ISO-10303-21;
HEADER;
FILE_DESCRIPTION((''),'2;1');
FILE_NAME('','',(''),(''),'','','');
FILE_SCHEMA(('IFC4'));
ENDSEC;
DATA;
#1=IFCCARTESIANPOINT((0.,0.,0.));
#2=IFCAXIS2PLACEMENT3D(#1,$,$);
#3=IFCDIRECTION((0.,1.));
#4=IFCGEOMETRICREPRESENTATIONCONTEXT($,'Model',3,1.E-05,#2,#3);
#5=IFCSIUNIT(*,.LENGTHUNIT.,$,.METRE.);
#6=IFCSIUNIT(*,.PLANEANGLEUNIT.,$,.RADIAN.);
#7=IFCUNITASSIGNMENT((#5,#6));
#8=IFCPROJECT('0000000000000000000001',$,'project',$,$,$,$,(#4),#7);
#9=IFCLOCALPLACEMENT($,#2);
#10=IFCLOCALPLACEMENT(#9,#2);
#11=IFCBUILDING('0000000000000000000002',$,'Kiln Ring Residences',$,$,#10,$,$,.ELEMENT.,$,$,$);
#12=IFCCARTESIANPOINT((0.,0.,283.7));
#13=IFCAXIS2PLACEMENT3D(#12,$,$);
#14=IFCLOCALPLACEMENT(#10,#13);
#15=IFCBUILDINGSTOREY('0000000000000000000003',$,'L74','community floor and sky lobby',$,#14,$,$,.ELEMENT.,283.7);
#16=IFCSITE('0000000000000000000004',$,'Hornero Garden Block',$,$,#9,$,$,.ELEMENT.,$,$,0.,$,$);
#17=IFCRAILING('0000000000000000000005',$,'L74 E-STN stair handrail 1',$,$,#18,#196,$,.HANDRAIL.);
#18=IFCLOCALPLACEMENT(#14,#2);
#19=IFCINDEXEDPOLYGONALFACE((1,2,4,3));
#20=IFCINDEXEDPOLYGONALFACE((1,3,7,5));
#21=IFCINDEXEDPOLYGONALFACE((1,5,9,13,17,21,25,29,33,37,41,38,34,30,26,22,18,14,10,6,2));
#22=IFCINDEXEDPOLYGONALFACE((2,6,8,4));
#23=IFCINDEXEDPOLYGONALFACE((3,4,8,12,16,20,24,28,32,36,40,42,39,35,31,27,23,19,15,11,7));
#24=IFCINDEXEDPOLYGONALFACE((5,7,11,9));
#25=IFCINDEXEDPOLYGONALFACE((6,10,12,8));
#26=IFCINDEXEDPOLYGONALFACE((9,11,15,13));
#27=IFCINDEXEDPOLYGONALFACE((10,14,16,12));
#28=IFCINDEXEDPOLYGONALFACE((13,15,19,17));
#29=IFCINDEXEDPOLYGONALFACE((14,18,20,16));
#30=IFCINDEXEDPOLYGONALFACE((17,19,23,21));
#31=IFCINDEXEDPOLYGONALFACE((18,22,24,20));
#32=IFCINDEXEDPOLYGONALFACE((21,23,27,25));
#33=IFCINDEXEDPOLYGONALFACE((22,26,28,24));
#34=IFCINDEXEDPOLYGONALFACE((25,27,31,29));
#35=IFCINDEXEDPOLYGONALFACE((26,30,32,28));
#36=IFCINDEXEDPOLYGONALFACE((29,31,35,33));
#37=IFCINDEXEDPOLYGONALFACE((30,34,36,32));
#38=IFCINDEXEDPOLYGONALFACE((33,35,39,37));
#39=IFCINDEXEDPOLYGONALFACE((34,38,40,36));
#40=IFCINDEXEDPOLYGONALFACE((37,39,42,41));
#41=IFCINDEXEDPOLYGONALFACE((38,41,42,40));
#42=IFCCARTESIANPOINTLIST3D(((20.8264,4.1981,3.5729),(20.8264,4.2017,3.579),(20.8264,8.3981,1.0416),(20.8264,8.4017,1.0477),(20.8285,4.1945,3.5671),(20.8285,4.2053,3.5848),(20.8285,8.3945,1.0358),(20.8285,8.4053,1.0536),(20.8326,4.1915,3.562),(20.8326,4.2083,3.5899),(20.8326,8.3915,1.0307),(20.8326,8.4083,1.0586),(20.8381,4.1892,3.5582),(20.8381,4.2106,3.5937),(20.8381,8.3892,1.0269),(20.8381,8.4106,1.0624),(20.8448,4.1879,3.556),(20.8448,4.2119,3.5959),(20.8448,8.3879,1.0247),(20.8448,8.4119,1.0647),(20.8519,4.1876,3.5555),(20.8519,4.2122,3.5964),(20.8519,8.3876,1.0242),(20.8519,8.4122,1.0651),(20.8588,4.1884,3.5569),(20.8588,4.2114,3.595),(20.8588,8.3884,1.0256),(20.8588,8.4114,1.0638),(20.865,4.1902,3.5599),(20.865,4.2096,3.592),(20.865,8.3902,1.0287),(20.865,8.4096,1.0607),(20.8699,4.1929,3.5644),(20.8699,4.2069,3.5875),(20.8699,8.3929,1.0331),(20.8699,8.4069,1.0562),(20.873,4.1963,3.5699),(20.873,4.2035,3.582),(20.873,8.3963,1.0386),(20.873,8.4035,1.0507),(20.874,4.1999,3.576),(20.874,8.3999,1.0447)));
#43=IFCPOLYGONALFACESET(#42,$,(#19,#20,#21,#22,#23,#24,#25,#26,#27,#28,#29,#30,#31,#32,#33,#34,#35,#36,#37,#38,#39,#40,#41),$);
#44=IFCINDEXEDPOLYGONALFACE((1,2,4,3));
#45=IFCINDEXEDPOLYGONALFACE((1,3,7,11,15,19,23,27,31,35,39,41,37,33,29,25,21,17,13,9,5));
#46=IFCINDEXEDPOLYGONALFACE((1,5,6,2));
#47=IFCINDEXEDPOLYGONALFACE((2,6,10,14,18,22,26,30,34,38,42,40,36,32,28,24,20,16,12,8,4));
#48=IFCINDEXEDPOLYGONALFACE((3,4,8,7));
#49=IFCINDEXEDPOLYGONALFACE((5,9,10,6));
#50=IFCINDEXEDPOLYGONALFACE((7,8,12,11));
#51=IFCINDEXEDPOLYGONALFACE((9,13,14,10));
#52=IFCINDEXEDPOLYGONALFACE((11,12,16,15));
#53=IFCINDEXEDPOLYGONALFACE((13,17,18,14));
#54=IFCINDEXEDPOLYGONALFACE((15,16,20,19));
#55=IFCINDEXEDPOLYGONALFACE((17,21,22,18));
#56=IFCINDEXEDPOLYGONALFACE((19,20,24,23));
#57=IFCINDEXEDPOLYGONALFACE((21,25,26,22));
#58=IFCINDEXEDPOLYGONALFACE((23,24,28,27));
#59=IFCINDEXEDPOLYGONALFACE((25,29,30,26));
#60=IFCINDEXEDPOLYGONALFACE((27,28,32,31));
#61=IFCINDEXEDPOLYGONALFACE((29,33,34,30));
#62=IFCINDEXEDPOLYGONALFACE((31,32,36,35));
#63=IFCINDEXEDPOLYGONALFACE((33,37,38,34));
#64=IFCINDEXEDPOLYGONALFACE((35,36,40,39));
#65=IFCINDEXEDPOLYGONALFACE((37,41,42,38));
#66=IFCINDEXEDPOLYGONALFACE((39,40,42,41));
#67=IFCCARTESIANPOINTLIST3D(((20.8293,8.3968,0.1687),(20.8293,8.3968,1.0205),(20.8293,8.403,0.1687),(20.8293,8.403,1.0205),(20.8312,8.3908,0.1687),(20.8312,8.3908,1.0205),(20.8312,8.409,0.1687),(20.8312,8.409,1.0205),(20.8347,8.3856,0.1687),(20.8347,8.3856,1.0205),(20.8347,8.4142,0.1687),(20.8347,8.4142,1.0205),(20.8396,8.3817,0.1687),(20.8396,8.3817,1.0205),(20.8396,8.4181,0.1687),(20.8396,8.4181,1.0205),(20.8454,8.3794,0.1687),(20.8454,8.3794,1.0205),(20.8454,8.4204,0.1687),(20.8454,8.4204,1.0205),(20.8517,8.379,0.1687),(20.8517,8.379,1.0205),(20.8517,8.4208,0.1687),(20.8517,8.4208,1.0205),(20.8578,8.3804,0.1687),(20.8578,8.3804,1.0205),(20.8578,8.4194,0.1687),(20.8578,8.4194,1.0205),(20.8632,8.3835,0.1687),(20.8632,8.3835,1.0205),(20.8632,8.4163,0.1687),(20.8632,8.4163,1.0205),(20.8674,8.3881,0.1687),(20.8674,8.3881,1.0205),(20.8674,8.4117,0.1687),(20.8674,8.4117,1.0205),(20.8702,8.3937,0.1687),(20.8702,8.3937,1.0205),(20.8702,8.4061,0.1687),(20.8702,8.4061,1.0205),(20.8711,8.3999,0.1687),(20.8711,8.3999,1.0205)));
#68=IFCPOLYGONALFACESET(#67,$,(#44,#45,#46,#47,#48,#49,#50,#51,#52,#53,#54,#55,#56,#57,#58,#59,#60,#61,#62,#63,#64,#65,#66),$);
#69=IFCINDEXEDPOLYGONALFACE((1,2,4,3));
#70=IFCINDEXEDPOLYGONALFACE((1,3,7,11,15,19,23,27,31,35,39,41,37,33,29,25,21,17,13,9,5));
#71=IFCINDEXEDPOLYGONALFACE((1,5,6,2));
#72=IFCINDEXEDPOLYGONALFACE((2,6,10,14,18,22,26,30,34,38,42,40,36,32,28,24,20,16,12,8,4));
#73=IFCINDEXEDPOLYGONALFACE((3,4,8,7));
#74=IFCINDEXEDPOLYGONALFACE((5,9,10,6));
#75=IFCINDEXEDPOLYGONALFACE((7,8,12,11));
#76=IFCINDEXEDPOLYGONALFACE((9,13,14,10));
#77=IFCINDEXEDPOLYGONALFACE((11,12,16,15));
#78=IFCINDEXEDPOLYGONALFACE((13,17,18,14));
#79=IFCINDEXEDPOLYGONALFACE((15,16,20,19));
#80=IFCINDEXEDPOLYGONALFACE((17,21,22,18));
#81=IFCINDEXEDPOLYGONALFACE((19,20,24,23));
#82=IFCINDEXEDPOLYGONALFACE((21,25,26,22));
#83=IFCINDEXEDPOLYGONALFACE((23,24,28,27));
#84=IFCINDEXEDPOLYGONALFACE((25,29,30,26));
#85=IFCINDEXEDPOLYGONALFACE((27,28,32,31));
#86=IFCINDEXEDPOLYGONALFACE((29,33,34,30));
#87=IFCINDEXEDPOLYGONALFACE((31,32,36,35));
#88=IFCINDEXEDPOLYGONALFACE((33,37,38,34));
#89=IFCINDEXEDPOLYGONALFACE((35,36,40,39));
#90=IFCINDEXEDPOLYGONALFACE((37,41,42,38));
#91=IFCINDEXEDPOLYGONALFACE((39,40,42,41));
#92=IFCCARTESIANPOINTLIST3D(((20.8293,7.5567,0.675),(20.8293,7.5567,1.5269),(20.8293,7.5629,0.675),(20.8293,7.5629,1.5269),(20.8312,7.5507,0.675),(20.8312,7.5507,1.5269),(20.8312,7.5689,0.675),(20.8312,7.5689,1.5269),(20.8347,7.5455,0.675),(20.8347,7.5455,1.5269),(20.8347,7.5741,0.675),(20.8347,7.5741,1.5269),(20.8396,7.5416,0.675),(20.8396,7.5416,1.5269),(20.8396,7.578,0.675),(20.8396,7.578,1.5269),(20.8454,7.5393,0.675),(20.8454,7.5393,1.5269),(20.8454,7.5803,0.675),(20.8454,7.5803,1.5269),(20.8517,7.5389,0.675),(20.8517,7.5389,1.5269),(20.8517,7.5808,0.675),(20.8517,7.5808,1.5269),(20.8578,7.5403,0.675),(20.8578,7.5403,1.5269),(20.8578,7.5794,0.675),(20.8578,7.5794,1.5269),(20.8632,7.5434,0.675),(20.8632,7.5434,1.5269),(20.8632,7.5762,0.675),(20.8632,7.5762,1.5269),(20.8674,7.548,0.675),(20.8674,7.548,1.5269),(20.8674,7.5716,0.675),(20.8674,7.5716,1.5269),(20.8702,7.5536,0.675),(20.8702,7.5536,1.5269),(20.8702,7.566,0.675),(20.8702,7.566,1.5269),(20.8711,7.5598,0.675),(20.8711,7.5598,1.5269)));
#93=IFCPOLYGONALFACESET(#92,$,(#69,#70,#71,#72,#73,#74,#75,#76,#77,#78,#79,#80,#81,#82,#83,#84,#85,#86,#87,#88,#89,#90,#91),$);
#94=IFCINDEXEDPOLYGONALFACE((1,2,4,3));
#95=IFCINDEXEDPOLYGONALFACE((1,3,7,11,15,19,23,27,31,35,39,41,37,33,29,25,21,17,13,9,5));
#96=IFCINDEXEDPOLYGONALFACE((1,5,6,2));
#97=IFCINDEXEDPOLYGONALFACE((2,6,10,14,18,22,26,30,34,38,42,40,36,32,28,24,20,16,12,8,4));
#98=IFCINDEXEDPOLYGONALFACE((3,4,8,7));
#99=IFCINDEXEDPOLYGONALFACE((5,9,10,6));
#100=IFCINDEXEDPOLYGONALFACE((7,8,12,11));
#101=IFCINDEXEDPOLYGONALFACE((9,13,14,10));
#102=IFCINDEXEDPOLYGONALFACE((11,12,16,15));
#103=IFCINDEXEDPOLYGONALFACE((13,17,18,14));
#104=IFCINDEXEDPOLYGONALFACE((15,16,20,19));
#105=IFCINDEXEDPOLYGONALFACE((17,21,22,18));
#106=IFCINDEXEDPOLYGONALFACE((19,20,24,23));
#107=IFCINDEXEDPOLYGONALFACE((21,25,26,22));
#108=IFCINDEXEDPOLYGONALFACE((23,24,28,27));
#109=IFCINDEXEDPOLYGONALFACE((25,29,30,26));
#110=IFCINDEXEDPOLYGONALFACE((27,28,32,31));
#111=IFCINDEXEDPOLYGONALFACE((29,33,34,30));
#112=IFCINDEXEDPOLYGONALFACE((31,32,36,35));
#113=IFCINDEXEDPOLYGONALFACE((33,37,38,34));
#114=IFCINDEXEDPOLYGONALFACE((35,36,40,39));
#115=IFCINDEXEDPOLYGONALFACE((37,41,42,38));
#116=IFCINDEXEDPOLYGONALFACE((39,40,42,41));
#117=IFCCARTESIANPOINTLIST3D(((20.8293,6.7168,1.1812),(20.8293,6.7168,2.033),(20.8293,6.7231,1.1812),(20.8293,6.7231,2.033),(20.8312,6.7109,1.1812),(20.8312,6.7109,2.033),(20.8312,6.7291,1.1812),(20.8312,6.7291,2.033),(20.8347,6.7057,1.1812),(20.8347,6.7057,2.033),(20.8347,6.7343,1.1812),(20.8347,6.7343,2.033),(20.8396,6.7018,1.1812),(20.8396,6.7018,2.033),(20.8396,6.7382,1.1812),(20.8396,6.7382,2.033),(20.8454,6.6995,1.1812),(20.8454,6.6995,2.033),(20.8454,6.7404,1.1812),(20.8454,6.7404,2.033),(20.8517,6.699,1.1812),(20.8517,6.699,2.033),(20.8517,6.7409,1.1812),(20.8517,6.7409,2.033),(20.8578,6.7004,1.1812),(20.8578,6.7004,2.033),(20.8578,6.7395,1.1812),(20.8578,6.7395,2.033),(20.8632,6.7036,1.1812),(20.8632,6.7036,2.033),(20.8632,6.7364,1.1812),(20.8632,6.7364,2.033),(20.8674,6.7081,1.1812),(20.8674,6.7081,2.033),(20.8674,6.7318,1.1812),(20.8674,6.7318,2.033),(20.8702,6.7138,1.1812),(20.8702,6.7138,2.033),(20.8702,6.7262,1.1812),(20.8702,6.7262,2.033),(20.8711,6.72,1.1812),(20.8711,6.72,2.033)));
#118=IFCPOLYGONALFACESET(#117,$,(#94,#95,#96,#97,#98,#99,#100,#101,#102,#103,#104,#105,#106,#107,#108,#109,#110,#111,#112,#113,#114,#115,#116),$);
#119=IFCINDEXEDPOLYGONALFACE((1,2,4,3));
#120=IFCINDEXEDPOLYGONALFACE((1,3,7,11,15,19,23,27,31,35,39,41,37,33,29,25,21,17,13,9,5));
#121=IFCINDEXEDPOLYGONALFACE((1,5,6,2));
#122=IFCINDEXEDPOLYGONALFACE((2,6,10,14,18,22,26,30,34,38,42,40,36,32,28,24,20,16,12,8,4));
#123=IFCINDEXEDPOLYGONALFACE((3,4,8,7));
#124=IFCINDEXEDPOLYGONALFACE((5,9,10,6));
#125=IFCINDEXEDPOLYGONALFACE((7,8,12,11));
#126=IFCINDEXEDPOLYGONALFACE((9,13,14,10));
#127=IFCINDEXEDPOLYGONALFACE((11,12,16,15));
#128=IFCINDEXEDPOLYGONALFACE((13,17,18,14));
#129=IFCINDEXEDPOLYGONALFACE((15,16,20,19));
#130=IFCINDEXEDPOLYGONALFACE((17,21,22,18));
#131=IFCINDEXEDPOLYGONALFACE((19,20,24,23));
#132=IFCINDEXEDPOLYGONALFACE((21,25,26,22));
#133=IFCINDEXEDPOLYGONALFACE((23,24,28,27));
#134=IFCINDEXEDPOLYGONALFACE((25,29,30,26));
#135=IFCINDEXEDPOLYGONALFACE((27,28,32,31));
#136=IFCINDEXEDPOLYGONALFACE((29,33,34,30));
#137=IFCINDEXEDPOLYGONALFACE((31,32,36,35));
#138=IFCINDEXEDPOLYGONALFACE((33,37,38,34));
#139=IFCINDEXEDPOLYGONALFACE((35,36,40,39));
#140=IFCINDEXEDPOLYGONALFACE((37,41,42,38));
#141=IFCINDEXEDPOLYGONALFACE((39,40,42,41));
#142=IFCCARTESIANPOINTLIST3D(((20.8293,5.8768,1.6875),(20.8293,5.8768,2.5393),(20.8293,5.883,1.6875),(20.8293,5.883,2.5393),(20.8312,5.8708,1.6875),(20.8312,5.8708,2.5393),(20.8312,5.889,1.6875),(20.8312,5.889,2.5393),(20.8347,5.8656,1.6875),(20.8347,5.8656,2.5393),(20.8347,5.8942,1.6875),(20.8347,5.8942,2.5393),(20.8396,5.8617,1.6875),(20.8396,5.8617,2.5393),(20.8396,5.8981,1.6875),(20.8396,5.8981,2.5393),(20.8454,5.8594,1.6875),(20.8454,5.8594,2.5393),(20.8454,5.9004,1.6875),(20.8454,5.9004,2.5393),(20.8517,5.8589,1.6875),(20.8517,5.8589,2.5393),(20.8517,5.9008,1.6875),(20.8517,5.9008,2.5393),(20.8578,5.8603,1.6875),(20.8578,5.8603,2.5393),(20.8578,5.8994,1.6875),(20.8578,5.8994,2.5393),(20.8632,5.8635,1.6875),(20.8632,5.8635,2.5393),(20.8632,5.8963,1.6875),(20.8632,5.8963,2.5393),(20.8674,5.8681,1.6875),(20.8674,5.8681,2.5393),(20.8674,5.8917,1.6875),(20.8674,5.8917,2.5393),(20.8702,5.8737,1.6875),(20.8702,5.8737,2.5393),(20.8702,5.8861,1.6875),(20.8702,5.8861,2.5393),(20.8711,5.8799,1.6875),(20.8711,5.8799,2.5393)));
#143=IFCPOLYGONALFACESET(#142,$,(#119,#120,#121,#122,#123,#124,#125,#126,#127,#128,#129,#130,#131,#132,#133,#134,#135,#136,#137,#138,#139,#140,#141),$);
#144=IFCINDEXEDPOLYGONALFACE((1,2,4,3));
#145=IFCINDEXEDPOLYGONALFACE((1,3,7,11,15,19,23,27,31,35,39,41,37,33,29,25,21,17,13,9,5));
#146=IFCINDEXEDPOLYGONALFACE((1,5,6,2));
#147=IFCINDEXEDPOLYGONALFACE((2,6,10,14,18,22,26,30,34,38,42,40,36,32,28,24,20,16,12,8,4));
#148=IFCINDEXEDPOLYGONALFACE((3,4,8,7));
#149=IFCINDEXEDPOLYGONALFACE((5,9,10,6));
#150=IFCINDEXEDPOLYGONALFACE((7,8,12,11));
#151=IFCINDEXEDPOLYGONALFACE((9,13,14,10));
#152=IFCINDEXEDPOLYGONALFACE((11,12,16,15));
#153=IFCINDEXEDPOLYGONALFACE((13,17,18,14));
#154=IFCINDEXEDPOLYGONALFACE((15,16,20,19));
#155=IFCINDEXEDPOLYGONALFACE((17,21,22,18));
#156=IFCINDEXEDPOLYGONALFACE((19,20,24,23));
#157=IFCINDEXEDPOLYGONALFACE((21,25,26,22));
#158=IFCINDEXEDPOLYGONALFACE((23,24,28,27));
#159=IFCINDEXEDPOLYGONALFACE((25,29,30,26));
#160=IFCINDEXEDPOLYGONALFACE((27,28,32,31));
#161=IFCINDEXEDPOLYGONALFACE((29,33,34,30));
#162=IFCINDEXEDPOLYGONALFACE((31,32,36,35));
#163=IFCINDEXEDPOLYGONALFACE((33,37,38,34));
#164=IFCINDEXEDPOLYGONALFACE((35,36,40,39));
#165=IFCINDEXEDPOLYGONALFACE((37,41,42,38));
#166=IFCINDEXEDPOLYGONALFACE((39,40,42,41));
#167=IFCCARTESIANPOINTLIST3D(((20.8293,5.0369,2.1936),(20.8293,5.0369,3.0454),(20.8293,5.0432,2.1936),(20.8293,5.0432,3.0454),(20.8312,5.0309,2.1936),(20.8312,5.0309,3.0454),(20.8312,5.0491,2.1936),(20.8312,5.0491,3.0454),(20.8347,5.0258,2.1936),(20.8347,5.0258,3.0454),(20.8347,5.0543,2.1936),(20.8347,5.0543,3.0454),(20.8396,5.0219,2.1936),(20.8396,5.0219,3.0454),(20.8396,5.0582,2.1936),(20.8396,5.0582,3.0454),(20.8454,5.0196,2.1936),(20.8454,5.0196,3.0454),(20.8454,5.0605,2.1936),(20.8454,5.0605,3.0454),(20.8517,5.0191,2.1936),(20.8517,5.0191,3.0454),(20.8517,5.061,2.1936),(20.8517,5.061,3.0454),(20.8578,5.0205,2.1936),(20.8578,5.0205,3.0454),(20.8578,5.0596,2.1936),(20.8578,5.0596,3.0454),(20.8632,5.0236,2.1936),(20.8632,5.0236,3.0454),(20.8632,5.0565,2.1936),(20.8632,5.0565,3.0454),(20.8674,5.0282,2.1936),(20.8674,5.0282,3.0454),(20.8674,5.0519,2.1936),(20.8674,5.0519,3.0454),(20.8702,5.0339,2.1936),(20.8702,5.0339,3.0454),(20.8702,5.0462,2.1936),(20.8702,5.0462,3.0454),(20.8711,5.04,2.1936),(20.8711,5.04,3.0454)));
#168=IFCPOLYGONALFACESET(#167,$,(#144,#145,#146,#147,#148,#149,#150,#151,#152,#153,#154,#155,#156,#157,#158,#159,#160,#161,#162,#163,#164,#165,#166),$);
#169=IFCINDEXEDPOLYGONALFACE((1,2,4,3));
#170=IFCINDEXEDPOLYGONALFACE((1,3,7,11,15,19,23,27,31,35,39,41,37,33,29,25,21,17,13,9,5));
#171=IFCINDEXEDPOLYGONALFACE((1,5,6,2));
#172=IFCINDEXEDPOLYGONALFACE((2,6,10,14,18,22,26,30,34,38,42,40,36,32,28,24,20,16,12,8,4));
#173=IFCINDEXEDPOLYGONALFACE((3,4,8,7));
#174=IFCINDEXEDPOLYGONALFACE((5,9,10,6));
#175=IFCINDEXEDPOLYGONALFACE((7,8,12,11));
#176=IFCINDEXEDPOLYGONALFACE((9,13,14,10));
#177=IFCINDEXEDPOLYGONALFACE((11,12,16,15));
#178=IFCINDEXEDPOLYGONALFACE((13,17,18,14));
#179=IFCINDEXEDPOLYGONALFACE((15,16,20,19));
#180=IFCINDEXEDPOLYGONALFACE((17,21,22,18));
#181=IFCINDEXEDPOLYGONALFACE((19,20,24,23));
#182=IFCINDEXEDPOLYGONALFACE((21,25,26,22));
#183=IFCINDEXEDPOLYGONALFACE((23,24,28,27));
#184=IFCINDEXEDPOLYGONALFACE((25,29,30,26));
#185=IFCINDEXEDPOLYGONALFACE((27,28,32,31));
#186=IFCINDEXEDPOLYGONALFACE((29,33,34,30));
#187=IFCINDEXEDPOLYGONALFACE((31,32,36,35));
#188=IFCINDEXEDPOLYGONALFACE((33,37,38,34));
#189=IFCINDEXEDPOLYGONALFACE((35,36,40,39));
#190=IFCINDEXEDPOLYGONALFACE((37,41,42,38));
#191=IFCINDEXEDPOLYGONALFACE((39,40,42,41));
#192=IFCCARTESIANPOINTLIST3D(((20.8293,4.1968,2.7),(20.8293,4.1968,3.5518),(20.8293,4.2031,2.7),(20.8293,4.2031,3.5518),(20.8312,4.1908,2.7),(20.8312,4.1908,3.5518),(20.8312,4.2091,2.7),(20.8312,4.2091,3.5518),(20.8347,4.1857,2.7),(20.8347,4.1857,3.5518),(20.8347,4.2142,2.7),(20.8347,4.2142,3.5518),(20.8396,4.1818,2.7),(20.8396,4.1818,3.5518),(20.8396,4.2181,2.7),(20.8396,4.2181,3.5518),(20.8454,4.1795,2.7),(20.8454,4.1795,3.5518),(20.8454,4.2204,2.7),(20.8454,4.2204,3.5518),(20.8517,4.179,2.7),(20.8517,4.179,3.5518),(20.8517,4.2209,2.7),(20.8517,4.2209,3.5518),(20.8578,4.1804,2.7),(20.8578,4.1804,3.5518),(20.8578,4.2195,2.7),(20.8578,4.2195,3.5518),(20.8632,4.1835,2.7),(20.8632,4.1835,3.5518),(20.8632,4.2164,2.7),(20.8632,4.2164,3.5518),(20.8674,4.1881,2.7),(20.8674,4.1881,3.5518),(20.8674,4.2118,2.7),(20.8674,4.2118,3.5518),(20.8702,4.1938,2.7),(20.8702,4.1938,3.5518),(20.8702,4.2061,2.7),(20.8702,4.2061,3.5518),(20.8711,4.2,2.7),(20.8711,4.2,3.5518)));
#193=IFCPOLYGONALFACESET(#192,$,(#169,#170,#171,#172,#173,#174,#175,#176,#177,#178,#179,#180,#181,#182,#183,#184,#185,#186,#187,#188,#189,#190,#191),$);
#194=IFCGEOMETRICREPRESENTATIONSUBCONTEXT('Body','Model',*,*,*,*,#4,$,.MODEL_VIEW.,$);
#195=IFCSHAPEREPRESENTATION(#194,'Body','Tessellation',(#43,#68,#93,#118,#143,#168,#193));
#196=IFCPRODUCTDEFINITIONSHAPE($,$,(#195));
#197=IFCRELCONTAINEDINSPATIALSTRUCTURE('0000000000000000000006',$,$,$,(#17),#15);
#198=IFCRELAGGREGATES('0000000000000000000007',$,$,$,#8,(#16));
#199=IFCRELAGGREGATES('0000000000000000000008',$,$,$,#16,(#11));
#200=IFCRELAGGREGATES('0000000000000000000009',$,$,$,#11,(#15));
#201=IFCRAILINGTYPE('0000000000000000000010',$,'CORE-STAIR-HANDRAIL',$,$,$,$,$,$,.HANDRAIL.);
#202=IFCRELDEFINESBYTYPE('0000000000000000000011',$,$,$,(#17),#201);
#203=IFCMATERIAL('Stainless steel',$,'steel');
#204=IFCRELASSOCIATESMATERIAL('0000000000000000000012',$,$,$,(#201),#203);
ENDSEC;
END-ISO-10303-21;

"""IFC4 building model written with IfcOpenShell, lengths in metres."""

from ifc_helpers import new_model, si_unit, direction, frame, origin, origin_2d, place, context, subcontext, project, spatial, circle, extrude, material, type_object, element, save


model = new_model("IFC4")

# Units and contexts
model_context = context("Model", 3, precision=1e-05, world=origin(), true_north=direction((0.0, 1.0)))
body_context = subcontext(model_context, "Body", "Model", "MODEL_VIEW")
ifc_project = project(units=[si_unit("LENGTHUNIT", "METRE"), si_unit("PLANEANGLEUNIT", "RADIAN")], contexts=[model_context])

# Site, building, storey
site_placement = place(None, origin())
site = spatial("IfcSite", under=ifc_project, at=site_placement, Name="Hornero Garden Block", CompositionType="ELEMENT", RefElevation=0.0)
building_placement = place(site_placement, origin())
building = spatial("IfcBuilding", under=site, at=building_placement, Name="Kiln Ring Residences", CompositionType="ELEMENT")
storey_placement = place(building_placement, frame((0.0, 0.0, 283.7)))
storey = spatial("IfcBuildingStorey", under=building, at=storey_placement, Name="L74", Description="community floor and sky lobby", CompositionType="ELEMENT", Elevation=283.7)

# Railing
ifc_material_1 = material(Name="Stainless steel", Category="steel")
railing_type_1 = type_object("IfcRailingType", Name="CORE-STAIR-HANDRAIL", PredefinedType="HANDRAIL", material=ifc_material_1)
railing_1_placement = place(storey_placement, frame((20.8501, 8.3999, 0.1687)))
element("IfcRailing", 1, at=railing_1_placement, inside=storey, type_object=railing_type_1, Name="L74 E-STN stair handrail 1", PredefinedType="HANDRAIL", context=body_context, shape_type="SweptSolid", body=[
    extrude(circle(Radius=0.0239, at=origin_2d()), frame((0.0, 0.0, 0.876), z_axis=(0.0, -0.856476, 0.516186), x_axis=(1.0, 0.0, 0.0)), (0.0, 0.0, 1.0), 4.9038),
    extrude(circle(Radius=0.021, at=origin_2d()), origin(), (0.0, 0.0, 1.0), 0.8518),
    extrude(circle(Radius=0.021, at=origin_2d()), frame((0.0, -0.8401, 0.5063)), (0.0, 0.0, 1.0), 0.8518),
    extrude(circle(Radius=0.021, at=origin_2d()), frame((0.0, -1.6799, 1.0125)), (0.0, 0.0, 1.0), 0.8518),
    extrude(circle(Radius=0.021, at=origin_2d()), frame((0.0, -2.52, 1.5188)), (0.0, 0.0, 1.0), 0.8518),
    extrude(circle(Radius=0.021, at=origin_2d()), frame((0.0, -3.3599, 2.0249)), (0.0, 0.0, 1.0), 0.8518),
    extrude(circle(Radius=0.021, at=origin_2d()), frame((0.0, -4.2, 2.5312)), (0.0, 0.0, 1.0), 0.8518),
])

save(model, "model.ifc")
